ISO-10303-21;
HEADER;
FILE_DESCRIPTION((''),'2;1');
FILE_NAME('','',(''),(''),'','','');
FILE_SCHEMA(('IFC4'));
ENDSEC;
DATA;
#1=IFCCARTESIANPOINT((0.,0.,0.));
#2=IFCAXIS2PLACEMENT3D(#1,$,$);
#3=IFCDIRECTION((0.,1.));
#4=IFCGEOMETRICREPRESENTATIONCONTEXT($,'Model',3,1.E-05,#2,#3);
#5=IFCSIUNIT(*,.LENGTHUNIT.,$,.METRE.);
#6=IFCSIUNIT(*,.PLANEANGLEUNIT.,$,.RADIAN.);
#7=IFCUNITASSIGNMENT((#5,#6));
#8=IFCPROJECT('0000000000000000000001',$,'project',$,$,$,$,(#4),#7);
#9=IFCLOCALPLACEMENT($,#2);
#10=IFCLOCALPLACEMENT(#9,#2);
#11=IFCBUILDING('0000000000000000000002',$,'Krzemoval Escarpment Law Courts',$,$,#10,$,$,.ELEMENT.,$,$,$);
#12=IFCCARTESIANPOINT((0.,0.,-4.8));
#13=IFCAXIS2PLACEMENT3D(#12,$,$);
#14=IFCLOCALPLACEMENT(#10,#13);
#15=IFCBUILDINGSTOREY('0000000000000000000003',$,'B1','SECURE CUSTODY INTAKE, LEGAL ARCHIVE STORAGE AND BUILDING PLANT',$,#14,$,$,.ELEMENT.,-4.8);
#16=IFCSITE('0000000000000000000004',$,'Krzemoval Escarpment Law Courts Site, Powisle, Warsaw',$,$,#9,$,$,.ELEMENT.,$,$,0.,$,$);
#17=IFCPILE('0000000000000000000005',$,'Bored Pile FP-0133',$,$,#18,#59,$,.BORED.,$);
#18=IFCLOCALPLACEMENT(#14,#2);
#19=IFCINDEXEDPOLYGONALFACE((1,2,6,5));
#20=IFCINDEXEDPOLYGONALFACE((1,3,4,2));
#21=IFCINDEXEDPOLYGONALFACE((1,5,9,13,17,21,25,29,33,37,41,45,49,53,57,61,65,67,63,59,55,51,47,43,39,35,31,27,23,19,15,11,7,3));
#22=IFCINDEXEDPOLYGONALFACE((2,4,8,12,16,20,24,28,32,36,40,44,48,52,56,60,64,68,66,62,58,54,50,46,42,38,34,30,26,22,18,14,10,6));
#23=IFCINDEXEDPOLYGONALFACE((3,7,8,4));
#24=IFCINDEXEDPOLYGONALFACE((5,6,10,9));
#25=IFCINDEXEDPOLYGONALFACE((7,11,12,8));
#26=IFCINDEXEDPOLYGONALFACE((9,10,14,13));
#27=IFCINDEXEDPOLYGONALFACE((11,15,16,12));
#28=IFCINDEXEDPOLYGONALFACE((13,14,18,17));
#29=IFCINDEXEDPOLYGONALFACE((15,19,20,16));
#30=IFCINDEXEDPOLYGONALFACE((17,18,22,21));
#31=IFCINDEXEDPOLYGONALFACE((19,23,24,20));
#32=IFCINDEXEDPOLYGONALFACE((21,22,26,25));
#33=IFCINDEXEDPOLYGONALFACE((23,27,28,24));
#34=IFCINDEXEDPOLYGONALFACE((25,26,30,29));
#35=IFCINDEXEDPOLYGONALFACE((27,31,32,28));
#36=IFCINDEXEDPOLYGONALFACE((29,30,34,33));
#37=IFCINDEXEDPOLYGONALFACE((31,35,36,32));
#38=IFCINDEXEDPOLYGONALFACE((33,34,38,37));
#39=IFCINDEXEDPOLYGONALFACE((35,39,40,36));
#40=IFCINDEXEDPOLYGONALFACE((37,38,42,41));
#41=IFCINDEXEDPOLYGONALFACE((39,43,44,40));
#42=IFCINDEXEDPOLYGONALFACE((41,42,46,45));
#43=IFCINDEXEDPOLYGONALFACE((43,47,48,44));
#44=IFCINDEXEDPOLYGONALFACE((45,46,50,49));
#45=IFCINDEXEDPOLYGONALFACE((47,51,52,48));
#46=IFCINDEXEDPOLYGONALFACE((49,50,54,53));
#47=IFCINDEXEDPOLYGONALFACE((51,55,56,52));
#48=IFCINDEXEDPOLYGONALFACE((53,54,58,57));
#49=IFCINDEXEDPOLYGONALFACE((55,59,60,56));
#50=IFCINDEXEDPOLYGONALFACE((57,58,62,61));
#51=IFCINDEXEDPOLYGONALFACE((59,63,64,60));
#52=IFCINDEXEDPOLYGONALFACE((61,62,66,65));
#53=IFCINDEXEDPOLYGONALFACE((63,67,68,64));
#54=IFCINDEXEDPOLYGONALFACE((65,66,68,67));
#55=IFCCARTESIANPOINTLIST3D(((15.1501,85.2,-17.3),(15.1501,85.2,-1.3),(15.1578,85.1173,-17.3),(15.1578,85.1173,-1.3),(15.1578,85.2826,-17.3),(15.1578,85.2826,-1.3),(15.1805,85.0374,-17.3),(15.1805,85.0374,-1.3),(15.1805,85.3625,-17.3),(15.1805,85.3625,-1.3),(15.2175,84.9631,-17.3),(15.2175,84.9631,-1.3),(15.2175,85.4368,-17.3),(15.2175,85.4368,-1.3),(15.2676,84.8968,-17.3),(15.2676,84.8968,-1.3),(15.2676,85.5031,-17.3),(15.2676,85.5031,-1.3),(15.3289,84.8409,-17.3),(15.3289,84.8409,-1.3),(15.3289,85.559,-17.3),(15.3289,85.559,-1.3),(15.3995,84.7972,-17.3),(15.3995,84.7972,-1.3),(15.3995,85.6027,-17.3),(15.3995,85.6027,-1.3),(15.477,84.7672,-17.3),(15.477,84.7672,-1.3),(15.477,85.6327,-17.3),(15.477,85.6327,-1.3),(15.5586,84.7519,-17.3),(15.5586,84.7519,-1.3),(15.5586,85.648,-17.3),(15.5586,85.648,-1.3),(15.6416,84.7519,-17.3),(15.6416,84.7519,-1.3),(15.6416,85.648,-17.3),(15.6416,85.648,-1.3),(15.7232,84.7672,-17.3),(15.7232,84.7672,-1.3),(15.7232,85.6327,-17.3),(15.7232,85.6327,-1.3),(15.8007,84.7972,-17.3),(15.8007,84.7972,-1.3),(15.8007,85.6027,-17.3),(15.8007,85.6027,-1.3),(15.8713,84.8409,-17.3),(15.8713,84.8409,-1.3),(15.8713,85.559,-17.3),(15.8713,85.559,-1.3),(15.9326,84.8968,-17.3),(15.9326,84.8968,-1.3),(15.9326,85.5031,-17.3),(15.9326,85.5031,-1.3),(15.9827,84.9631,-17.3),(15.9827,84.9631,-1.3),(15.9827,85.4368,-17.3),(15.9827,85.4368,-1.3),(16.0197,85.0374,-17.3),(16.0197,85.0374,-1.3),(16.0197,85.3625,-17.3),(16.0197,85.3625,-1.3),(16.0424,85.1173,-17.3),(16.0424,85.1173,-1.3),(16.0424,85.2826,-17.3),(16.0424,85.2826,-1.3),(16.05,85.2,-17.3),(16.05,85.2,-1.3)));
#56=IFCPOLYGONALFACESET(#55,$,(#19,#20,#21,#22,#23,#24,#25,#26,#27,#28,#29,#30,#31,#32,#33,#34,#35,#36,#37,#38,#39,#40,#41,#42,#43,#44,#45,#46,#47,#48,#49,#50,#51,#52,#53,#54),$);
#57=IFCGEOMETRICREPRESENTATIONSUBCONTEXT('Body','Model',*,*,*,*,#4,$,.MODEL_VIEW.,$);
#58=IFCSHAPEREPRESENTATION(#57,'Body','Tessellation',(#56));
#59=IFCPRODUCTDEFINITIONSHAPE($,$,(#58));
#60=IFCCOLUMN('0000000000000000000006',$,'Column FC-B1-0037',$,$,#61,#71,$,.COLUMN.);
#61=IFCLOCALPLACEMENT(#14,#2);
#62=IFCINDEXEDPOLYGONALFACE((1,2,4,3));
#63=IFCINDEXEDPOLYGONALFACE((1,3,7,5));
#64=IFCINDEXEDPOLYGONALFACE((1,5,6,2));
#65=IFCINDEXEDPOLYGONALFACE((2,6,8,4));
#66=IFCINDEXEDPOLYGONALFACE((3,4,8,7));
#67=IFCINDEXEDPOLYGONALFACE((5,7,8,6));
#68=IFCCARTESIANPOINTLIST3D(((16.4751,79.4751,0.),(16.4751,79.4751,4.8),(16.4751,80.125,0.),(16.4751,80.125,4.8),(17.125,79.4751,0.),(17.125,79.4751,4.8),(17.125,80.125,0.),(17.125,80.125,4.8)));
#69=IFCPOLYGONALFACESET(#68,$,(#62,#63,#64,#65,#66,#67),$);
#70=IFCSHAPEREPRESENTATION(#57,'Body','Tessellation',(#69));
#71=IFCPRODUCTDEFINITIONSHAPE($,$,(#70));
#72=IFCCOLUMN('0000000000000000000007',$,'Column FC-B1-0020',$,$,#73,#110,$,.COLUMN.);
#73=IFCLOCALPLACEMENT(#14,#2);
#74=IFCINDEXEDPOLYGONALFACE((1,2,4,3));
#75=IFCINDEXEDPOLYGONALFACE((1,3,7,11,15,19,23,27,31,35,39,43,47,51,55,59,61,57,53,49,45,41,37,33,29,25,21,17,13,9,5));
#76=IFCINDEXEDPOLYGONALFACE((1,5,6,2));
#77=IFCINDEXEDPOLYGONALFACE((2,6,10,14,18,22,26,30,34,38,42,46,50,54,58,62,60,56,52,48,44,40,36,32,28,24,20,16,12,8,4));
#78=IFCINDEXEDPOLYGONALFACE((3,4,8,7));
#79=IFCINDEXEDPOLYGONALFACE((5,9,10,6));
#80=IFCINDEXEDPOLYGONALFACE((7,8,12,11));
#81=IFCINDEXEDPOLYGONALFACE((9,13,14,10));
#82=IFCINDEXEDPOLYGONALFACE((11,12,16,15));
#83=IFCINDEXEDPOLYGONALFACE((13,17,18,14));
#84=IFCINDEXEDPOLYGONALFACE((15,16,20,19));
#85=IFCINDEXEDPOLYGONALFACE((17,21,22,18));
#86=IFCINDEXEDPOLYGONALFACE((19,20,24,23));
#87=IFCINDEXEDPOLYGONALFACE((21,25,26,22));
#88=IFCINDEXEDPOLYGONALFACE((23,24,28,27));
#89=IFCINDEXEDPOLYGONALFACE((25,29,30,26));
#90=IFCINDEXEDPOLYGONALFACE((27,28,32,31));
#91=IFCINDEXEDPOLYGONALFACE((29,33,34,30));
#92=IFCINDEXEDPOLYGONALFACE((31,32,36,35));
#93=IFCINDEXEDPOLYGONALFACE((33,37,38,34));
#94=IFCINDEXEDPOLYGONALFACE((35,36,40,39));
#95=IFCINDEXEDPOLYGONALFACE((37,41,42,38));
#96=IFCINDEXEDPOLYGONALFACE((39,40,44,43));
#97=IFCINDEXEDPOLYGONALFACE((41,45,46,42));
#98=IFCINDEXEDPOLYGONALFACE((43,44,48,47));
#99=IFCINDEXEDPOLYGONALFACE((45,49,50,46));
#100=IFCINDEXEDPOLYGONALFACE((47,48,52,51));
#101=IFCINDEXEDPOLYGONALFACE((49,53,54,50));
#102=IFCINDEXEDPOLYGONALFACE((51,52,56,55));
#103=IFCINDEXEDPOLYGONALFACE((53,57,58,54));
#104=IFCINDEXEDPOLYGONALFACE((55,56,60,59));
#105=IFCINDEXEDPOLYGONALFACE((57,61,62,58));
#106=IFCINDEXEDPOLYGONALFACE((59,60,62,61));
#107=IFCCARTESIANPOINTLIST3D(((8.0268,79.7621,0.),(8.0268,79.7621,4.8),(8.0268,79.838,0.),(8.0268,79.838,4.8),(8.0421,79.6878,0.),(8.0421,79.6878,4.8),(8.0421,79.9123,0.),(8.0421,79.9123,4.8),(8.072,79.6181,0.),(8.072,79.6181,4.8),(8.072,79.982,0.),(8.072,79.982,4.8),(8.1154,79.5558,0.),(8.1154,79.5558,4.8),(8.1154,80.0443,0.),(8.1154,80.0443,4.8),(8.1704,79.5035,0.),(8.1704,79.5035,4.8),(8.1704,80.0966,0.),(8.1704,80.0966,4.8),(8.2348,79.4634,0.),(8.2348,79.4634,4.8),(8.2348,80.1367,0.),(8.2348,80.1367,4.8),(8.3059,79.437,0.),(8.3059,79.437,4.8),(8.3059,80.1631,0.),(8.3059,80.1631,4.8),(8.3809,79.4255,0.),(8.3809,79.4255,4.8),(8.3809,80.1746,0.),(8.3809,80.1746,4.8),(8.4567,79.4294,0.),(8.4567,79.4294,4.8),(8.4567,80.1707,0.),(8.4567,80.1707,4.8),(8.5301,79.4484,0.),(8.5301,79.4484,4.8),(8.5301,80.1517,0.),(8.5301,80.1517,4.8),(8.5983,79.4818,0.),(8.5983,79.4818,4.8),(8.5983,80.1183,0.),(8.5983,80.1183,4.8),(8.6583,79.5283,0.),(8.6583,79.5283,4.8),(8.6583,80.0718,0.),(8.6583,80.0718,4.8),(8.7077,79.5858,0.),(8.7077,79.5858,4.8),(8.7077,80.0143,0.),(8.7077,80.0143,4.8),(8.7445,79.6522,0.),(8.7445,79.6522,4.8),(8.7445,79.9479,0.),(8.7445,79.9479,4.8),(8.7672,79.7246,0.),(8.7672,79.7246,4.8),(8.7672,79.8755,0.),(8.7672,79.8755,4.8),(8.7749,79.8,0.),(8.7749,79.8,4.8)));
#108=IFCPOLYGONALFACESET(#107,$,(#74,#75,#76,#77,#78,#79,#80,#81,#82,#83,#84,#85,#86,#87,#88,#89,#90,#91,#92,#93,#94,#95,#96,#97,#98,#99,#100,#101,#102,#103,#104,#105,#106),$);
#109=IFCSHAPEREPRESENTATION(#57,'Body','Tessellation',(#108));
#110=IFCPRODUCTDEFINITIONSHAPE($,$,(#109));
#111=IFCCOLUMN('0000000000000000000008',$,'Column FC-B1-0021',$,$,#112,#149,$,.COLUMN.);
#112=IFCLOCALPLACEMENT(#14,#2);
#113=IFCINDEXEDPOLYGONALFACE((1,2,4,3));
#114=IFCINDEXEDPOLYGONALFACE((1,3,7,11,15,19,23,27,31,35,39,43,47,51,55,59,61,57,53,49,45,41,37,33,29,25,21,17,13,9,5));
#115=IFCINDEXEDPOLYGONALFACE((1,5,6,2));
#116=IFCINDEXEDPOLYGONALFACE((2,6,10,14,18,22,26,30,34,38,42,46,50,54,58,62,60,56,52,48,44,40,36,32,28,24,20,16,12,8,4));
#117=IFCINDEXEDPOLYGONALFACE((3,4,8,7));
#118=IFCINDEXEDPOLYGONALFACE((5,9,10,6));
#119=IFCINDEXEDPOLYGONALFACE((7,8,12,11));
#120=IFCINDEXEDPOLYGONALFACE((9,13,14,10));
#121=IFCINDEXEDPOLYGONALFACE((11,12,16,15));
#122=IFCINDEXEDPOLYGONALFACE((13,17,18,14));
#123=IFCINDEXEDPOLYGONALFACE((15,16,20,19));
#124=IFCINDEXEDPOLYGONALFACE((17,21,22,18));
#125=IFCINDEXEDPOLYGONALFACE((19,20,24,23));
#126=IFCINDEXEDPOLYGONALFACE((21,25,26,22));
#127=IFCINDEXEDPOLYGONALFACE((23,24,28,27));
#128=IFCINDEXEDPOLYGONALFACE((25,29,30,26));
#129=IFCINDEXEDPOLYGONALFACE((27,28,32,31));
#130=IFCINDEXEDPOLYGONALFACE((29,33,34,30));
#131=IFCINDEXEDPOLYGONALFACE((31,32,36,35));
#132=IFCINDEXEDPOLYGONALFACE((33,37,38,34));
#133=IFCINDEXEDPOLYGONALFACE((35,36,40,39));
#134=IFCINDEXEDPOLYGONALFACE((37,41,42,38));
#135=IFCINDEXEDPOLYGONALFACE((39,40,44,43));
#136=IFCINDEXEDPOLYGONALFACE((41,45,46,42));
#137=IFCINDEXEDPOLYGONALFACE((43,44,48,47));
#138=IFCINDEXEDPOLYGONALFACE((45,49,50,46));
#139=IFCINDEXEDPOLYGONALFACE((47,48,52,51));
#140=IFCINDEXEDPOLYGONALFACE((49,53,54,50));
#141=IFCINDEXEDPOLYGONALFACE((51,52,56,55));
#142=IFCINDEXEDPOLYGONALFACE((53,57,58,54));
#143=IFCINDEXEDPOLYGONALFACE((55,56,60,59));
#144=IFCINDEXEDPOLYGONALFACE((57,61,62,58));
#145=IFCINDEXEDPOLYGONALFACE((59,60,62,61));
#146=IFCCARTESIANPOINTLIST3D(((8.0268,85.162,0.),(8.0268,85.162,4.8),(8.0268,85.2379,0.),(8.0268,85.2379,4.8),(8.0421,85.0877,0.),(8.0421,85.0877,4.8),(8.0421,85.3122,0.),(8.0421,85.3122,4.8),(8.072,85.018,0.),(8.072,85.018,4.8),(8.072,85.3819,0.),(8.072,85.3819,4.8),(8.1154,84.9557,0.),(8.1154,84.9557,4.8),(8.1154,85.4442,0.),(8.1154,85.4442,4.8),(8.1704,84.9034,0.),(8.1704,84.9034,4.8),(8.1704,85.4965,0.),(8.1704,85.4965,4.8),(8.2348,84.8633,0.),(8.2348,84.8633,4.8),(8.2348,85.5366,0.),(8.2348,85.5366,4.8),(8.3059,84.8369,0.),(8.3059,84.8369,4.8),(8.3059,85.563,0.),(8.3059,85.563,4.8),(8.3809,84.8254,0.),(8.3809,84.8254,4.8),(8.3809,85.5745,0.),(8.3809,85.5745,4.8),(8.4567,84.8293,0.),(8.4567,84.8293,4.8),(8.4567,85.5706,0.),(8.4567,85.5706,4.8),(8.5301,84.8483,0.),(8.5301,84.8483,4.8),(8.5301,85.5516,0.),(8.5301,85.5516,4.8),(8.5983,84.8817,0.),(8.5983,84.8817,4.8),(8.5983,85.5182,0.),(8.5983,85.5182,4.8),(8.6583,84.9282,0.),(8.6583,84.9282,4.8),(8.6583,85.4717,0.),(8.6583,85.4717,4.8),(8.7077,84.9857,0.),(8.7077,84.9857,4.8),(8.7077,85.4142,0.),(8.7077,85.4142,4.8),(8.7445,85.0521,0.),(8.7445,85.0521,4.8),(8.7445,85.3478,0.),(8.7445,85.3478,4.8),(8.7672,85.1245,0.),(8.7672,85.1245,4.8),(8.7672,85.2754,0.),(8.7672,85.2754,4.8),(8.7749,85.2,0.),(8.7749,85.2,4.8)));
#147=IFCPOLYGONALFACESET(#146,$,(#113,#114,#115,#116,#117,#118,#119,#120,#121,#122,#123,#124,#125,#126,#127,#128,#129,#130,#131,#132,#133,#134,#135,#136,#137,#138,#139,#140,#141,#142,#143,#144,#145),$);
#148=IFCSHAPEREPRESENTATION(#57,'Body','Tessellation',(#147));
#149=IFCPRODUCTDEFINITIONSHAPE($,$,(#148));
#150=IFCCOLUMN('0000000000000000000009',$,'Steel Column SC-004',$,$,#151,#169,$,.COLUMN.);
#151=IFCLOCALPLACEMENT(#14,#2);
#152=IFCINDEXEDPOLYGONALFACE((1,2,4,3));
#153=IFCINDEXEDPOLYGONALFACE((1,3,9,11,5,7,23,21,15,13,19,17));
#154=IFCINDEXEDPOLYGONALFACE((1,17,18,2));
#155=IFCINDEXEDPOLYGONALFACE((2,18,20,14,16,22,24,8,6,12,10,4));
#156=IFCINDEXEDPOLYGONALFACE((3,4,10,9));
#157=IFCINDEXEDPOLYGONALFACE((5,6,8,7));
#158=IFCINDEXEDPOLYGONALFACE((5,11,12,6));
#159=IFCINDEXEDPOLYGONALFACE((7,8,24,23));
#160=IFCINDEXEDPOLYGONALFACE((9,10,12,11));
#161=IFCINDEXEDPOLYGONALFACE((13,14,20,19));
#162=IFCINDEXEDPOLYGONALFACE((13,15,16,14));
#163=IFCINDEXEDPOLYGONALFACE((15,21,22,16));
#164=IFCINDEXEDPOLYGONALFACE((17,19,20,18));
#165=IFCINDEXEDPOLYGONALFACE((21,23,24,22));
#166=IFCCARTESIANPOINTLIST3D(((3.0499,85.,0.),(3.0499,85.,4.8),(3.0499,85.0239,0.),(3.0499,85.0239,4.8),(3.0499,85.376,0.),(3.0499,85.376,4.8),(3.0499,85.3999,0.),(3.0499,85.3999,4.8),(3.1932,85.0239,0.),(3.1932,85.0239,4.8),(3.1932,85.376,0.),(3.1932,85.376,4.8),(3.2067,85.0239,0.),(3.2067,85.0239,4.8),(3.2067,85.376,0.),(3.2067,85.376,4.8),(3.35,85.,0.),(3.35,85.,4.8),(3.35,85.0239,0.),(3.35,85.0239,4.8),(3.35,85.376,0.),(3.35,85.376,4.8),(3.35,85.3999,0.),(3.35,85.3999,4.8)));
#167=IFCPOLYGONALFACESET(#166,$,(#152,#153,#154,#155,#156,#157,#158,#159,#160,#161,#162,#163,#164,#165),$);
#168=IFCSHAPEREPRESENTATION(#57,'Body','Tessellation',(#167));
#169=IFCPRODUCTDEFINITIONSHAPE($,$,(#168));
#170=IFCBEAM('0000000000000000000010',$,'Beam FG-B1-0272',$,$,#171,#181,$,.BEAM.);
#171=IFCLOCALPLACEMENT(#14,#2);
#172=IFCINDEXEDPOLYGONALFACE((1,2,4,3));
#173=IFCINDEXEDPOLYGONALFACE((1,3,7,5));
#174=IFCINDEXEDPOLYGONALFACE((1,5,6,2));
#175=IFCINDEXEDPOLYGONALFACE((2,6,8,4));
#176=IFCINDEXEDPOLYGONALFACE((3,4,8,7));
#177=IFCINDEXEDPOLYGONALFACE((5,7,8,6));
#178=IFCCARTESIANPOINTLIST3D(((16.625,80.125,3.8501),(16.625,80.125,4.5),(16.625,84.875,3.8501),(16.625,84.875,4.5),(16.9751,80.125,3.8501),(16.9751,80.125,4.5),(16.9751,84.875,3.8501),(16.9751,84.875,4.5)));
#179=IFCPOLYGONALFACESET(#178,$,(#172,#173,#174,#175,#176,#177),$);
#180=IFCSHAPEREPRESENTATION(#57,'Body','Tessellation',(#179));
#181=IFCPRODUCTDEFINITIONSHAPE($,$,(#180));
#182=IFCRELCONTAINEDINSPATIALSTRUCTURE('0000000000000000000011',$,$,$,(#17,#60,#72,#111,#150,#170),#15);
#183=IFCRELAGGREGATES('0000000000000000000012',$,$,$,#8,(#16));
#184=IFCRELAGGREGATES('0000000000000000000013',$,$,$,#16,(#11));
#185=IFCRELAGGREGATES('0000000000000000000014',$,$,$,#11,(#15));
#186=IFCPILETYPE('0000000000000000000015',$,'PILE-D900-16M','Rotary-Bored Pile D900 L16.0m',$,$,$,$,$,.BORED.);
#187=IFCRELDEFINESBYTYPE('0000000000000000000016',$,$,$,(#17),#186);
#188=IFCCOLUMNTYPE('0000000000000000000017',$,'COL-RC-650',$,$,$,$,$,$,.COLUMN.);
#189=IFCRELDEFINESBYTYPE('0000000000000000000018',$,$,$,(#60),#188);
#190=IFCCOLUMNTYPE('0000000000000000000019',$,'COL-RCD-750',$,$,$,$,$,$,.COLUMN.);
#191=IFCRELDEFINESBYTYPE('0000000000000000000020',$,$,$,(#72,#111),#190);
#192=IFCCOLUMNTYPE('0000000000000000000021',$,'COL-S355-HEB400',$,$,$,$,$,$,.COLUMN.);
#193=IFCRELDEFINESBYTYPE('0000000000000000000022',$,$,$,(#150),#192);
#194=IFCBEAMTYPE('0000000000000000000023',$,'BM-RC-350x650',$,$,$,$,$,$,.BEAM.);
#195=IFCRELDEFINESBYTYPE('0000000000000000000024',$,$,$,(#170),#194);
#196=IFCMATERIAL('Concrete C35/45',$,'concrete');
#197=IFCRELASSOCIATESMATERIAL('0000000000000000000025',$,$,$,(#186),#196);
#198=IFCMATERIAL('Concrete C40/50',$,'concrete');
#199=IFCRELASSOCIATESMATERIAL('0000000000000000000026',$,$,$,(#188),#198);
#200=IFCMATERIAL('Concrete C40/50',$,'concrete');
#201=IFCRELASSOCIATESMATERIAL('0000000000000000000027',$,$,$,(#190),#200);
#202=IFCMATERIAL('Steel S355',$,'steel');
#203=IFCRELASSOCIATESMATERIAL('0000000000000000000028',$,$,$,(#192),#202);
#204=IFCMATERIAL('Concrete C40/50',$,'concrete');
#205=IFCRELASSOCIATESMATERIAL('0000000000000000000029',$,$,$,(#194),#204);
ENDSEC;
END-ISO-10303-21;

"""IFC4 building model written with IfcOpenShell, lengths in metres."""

from ifc_helpers import new_model, si_unit, direction, frame, origin, origin_2d, place, context, subcontext, project, spatial, rectangle, circle, i_section, extrude, material, material_profile, profile_set, type_object, element, save


model = new_model("IFC4")

# Units and contexts
model_context = context("Model", 3, precision=1e-05, world=origin(), true_north=direction((0.0, 1.0)))
body_context = subcontext(model_context, "Body", "Model", "MODEL_VIEW")
ifc_project = project(units=[si_unit("LENGTHUNIT", "METRE"), si_unit("PLANEANGLEUNIT", "RADIAN")], contexts=[model_context])

# Site, building, storey
site_placement = place(None, origin())
site = spatial("IfcSite", under=ifc_project, at=site_placement, Name="Krzemoval Escarpment Law Courts Site, Powisle, Warsaw", CompositionType="ELEMENT", RefElevation=0.0)
building_placement = place(site_placement, origin())
building = spatial("IfcBuilding", under=site, at=building_placement, Name="Krzemoval Escarpment Law Courts", CompositionType="ELEMENT")
storey_placement = place(building_placement, frame((0.0, 0.0, -4.8)))
storey = spatial("IfcBuildingStorey", under=building, at=storey_placement, Name="B1", Description="SECURE CUSTODY INTAKE, LEGAL ARCHIVE STORAGE AND BUILDING PLANT", CompositionType="ELEMENT", Elevation=-4.8)

# Pile
ifc_material_1 = material(Name="Concrete C35/45", Category="concrete")
ifc_material_profile_1 = material_profile(ifc_material_1, circle(Radius=0.45, at=origin_2d()), Name="PILE D900")
ifc_profile_set_1 = profile_set([ifc_material_profile_1], Name="Concrete C35/45")
pile_type = type_object("IfcPileType", Name="PILE-D900-16M", Description="Rotary-Bored Pile D900 L16.0m", PredefinedType="BORED", material=ifc_profile_set_1)
for number, where, z_axis, x_axis, name in (
    (1, (15.6001, 85.2, -1.3), (0.0, 0.0, -1.0), (1.0, 0.0, 0.0), "Bored Pile FP-0133"),
):
    element("IfcPile", number, at=place(storey_placement, frame(where, z_axis=z_axis, x_axis=x_axis)), inside=storey, type_object=pile_type, Name=name, PredefinedType="BORED", context=body_context, shape_type="SweptSolid", body=[
        extrude(circle(Radius=0.45, at=origin_2d()), origin(), (0.0, 0.0, 1.0), 16.0),
    ])

# Columns
ifc_material_2 = material(Name="Concrete C40/50", Category="concrete")
ifc_material_profile_2 = material_profile(ifc_material_2, rectangle(XDim=0.6499, YDim=0.6499, at=origin_2d()), Name="RC 650x650")
ifc_profile_set_2 = profile_set([ifc_material_profile_2], Name="Concrete C40/50")
column_type_1 = type_object("IfcColumnType", Name="COL-RC-650", PredefinedType="COLUMN", material=ifc_profile_set_2)
column_1_placement = place(storey_placement, frame((16.8, 79.8, 0.0), z_axis=(0.0, 0.0, 1.0), x_axis=(1.0, 0.0, 0.0)))
element("IfcColumn", 2, at=column_1_placement, inside=storey, type_object=column_type_1, Name="Column FC-B1-0037", PredefinedType="COLUMN", context=body_context, shape_type="SweptSolid", body=[
    extrude(rectangle(XDim=0.6499, YDim=0.6499, at=origin_2d()), origin(), (0.0, 0.0, 1.0), 4.8),
])
ifc_material_3 = material(Name="Concrete C40/50", Category="concrete")
ifc_material_profile_3 = material_profile(ifc_material_3, circle(Radius=0.375, at=origin_2d()), Name="RC D750")
ifc_profile_set_3 = profile_set([ifc_material_profile_3], Name="Concrete C40/50")
column_type_2 = type_object("IfcColumnType", Name="COL-RCD-750", PredefinedType="COLUMN", material=ifc_profile_set_3)
for number, where, z_axis, x_axis, name in (
    (3, (8.3999, 79.8, 0.0), (0.0, 0.0, 1.0), (1.0, 0.0, 0.0), "Column FC-B1-0020"),
    (4, (8.3999, 85.2, 0.0), (0.0, 0.0, 1.0), (1.0, 0.0, 0.0), "Column FC-B1-0021"),
):
    element("IfcColumn", number, at=place(storey_placement, frame(where, z_axis=z_axis, x_axis=x_axis)), inside=storey, type_object=column_type_2, Name=name, PredefinedType="COLUMN", context=body_context, shape_type="SweptSolid", body=[
        extrude(circle(Radius=0.375, at=origin_2d()), origin(), (0.0, 0.0, 1.0), 4.8),
    ])
ifc_material_4 = material(Name="Steel S355", Category="steel")
ifc_material_profile_4 = material_profile(ifc_material_4, i_section(OverallWidth=0.3, OverallDepth=0.3999, WebThickness=0.0134, FlangeThickness=0.0239, at=origin_2d()), Name="HEB 400")
ifc_profile_set_4 = profile_set([ifc_material_profile_4], Name="Steel S355")
column_type_3 = type_object("IfcColumnType", Name="COL-S355-HEB400", PredefinedType="COLUMN", material=ifc_profile_set_4)
column_2_placement = place(storey_placement, frame((3.2, 85.2, 0.0), z_axis=(0.0, 0.0, 1.0), x_axis=(1.0, 0.0, 0.0)))
element("IfcColumn", 5, at=column_2_placement, inside=storey, type_object=column_type_3, Name="Steel Column SC-004", PredefinedType="COLUMN", context=body_context, shape_type="SweptSolid", body=[
    extrude(i_section(OverallWidth=0.3, OverallDepth=0.3999, WebThickness=0.0134, FlangeThickness=0.0239, at=origin_2d()), origin(), (0.0, 0.0, 1.0), 4.8),
])

# Beam
ifc_material_5 = material(Name="Concrete C40/50", Category="concrete")
ifc_material_profile_5 = material_profile(ifc_material_5, rectangle(XDim=0.3501, YDim=0.6499, at=origin_2d()), Name="RCB 350x650")
ifc_profile_set_5 = profile_set([ifc_material_profile_5], Name="Concrete C40/50")
beam_type_1 = type_object("IfcBeamType", Name="BM-RC-350x650", PredefinedType="BEAM", material=ifc_profile_set_5)
beam_1_placement = place(storey_placement, frame((16.8, 80.125, 4.175), z_axis=(0.0, 1.0, 0.0), x_axis=(-1.0, 0.0, 0.0)))
element("IfcBeam", 6, at=beam_1_placement, inside=storey, type_object=beam_type_1, Name="Beam FG-B1-0272", PredefinedType="BEAM", context=body_context, shape_type="SweptSolid", body=[
    extrude(rectangle(XDim=0.3501, YDim=0.6499, at=origin_2d()), origin(), (0.0, 0.0, 1.0), 4.75),
])

save(model, "model.ifc")
